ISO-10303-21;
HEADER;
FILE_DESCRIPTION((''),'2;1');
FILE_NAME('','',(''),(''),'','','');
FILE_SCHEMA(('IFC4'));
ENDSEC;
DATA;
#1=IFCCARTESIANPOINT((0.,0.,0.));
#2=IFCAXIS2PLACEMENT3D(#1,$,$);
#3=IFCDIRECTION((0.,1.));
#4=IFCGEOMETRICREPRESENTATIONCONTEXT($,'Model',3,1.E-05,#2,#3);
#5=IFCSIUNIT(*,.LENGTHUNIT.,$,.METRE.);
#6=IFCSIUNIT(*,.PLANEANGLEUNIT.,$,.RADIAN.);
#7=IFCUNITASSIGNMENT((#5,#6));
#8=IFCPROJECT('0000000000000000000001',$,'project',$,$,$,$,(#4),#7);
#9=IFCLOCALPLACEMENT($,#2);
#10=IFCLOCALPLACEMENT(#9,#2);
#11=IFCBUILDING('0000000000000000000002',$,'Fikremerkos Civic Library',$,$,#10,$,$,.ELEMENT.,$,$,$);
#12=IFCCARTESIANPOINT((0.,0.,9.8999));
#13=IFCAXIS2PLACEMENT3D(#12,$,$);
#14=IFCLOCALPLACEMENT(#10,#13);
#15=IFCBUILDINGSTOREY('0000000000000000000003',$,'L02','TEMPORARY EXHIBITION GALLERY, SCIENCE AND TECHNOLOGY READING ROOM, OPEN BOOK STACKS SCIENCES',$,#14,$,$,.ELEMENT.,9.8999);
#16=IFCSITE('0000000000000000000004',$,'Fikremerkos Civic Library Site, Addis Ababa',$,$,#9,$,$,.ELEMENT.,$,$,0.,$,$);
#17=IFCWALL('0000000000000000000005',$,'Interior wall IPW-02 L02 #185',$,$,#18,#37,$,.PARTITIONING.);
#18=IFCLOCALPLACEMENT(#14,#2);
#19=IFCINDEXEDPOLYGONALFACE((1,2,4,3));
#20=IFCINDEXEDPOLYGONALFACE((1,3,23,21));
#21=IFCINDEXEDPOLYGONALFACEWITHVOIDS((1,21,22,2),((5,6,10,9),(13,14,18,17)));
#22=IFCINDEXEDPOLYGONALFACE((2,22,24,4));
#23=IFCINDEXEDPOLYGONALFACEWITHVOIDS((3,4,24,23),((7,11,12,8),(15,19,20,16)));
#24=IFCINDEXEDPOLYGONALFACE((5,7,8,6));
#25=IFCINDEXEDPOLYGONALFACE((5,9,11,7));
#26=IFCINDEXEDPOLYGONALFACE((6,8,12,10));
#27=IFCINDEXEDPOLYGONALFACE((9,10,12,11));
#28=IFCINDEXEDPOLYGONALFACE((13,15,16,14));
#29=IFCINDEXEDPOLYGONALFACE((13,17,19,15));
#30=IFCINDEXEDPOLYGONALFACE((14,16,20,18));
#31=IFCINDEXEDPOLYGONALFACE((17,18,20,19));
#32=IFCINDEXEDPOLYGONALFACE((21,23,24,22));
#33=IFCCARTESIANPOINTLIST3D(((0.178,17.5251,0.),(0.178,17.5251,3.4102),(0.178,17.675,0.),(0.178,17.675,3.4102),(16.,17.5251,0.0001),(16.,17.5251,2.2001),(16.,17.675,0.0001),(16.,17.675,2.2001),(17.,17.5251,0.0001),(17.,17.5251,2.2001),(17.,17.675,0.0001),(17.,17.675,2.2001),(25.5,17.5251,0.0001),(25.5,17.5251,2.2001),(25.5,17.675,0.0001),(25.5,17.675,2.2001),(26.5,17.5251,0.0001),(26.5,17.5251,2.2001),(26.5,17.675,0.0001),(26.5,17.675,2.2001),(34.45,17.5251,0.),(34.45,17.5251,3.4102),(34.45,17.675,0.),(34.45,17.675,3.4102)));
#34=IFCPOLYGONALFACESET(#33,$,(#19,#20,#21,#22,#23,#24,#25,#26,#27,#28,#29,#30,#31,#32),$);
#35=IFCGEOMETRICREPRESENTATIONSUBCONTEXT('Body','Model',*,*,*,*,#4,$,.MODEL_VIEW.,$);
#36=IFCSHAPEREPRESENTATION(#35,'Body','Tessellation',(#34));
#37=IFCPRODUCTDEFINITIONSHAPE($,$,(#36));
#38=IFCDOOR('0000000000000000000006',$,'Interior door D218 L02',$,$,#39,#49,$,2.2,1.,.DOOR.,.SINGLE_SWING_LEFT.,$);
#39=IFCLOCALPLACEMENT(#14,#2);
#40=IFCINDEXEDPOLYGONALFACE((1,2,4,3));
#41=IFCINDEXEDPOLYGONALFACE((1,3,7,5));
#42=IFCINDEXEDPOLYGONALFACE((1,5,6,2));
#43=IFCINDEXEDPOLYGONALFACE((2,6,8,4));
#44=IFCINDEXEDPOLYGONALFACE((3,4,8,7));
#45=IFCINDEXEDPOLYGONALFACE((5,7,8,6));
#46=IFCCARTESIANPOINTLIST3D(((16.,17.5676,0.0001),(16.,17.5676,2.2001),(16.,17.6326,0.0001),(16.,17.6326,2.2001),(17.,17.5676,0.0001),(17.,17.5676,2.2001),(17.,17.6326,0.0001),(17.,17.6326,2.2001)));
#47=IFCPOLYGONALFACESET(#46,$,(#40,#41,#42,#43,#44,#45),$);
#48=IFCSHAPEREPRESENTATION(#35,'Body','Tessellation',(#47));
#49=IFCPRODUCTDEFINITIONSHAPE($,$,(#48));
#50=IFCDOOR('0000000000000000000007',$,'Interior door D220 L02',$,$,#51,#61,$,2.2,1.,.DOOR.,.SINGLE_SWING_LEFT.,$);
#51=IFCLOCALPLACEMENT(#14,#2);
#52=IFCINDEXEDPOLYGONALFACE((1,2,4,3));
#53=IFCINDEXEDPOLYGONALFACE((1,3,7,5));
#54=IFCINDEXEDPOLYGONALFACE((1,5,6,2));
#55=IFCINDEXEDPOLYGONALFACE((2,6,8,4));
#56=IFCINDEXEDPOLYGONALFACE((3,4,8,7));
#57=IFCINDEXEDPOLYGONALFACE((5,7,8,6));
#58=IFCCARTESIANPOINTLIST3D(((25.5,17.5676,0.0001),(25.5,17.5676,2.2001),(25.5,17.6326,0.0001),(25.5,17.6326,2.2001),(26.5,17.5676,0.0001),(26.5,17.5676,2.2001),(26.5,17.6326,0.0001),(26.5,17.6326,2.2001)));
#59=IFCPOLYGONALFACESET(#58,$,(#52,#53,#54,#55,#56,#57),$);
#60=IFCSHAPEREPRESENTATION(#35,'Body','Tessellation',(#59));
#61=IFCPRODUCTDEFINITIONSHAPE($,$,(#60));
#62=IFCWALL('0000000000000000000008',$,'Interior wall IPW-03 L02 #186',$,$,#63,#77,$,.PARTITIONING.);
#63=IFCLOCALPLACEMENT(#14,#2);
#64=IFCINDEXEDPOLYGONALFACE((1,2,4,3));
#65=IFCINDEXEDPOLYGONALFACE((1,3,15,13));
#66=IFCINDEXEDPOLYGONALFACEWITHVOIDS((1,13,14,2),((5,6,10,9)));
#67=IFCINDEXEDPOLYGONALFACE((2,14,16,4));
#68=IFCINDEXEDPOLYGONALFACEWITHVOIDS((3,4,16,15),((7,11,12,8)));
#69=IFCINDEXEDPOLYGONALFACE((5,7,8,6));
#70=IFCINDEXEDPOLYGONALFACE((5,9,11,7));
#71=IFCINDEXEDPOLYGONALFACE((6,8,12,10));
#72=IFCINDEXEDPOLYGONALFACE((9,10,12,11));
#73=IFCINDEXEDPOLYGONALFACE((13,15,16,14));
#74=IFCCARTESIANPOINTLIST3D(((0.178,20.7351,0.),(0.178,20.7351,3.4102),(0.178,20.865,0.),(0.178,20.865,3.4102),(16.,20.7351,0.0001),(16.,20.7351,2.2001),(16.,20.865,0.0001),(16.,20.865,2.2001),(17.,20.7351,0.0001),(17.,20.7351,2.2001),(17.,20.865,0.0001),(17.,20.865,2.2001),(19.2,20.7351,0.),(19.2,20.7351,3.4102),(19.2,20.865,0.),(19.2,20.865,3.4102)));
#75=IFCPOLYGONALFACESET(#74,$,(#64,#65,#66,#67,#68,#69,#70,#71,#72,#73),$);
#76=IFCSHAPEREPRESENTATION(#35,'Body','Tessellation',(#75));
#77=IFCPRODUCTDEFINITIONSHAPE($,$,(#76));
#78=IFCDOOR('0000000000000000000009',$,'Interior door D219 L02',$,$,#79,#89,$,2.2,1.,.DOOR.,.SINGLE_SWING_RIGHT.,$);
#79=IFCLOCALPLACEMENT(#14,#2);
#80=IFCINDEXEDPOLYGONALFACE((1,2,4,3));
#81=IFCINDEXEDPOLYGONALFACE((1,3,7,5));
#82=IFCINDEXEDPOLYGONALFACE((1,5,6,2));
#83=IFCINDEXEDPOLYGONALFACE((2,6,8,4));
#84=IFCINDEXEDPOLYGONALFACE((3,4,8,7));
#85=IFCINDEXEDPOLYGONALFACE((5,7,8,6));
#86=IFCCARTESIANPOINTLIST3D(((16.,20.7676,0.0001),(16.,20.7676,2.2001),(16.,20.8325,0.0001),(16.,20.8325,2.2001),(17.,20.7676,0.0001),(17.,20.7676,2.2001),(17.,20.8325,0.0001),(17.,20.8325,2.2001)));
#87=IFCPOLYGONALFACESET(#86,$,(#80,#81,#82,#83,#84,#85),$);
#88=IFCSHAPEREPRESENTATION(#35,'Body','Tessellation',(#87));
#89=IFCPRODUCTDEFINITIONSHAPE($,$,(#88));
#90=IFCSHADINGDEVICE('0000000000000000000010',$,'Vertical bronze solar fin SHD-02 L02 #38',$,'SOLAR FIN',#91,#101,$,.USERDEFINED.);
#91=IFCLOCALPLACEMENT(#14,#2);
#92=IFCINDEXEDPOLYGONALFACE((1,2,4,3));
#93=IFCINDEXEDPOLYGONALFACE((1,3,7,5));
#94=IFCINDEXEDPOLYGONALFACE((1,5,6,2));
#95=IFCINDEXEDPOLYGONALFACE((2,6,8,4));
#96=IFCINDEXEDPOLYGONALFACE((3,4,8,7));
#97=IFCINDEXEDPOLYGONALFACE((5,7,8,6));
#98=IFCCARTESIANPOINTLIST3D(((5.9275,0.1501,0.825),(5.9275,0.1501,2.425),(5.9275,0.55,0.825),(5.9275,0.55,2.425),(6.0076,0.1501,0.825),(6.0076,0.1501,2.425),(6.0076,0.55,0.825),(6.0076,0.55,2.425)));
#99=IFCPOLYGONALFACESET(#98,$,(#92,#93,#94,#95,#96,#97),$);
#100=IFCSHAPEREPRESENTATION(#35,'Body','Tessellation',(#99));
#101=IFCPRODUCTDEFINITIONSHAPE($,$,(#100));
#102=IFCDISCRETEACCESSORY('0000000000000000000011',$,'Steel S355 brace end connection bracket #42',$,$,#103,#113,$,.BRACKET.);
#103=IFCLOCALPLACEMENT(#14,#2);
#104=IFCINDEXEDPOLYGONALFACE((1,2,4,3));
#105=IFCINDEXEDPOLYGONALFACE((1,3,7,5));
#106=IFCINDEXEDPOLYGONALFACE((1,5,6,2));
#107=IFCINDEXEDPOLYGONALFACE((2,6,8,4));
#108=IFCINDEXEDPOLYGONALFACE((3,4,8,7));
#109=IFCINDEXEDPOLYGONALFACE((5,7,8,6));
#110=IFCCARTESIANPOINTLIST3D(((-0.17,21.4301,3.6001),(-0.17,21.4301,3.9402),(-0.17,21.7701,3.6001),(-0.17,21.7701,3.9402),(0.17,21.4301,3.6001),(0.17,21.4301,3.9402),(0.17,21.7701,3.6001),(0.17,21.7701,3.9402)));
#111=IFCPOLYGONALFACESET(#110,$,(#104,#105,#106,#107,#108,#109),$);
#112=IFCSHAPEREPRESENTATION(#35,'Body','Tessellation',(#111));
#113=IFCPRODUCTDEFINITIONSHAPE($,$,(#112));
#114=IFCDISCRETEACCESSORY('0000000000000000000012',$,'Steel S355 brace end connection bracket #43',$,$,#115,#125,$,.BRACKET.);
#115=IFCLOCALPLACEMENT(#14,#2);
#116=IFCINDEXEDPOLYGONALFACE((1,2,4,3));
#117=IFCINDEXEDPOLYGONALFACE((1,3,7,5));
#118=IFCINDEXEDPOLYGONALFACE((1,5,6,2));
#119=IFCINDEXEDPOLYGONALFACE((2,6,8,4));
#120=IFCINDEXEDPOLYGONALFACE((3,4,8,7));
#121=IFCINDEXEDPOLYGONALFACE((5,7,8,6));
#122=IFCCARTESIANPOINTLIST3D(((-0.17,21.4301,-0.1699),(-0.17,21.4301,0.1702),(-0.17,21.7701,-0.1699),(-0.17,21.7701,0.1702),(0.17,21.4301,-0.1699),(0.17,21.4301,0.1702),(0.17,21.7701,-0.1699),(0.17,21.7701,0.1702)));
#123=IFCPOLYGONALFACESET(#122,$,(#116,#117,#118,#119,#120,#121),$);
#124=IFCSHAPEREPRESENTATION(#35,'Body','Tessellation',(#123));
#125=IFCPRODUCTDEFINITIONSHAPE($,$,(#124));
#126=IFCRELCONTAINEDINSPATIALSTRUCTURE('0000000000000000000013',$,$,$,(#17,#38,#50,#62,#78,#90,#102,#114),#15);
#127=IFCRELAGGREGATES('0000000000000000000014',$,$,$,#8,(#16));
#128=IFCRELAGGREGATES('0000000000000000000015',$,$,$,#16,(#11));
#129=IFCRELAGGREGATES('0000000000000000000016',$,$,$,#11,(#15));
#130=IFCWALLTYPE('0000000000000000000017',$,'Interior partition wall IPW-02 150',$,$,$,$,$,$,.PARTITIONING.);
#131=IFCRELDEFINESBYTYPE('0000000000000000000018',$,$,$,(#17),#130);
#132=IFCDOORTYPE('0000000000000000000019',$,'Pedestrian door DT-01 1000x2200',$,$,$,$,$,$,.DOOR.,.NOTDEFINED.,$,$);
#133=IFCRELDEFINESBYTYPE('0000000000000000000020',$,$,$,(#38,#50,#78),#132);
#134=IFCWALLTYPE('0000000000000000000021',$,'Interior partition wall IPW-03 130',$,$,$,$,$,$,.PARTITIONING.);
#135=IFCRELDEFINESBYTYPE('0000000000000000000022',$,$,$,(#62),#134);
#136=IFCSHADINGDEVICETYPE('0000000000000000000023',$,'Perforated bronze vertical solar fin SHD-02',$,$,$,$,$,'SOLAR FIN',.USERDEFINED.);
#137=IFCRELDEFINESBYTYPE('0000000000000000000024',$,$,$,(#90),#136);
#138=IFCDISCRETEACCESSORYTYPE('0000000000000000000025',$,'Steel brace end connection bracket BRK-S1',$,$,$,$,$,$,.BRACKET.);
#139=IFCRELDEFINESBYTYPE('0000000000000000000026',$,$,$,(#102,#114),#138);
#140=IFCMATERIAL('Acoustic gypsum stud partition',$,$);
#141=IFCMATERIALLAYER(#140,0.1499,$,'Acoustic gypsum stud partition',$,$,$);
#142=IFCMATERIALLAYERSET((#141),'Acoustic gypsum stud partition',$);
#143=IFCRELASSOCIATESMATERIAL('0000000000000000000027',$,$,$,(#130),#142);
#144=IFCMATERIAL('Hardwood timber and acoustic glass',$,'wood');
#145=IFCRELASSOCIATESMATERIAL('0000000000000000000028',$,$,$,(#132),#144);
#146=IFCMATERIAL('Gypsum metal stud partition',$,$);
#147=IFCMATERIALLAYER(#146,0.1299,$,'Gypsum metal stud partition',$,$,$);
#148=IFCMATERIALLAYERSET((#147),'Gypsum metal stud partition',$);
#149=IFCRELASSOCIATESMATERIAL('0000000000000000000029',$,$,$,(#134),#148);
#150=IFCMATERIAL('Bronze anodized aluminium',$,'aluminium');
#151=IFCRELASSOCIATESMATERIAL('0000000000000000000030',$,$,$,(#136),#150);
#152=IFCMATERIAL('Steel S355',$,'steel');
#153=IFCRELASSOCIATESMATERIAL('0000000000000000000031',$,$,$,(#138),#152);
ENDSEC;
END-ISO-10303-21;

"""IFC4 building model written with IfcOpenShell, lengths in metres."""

from ifc_helpers import new_model, si_unit, direction, frame, frame_2d, origin, origin_2d, place, context, subcontext, project, spatial, rectangle, extrude, material, layer, layer_set, type_object, element, fill, save


model = new_model("IFC4")

# Units and contexts
model_context = context("Model", 3, precision=1e-05, world=origin(), true_north=direction((0.0, 1.0)))
body_context = subcontext(model_context, "Body", "Model", "MODEL_VIEW")
ifc_project = project(units=[si_unit("LENGTHUNIT", "METRE"), si_unit("PLANEANGLEUNIT", "RADIAN")], contexts=[model_context])

# Site, building, storey
site_placement = place(None, origin())
site = spatial("IfcSite", under=ifc_project, at=site_placement, Name="Fikremerkos Civic Library Site, Addis Ababa", CompositionType="ELEMENT", RefElevation=0.0)
building_placement = place(site_placement, origin())
building = spatial("IfcBuilding", under=site, at=building_placement, Name="Fikremerkos Civic Library", CompositionType="ELEMENT")
storey_placement = place(building_placement, frame((0.0, 0.0, 9.8999)))
storey = spatial("IfcBuildingStorey", under=building, at=storey_placement, Name="L02", Description="TEMPORARY EXHIBITION GALLERY, SCIENCE AND TECHNOLOGY READING ROOM, OPEN BOOK STACKS SCIENCES", CompositionType="ELEMENT", Elevation=9.8999)

# Shared definitions
ifc_material_1 = material(Name="Steel S355", Category="steel")

# Wall, openings, doors
ifc_material_2 = material(Name="Acoustic gypsum stud partition")
ifc_layer_1 = layer(ifc_material_2, 0.1499, Name="Acoustic gypsum stud partition")
ifc_layer_set_1 = layer_set([ifc_layer_1], Name="Acoustic gypsum stud partition")
wall_type_1 = type_object("IfcWallType", Name="Interior partition wall IPW-02 150", PredefinedType="PARTITIONING", material=ifc_layer_set_1)
wall_1_placement = place(storey_placement, frame((0.178, 17.6001, 0.0), z_axis=(0.0, 0.0, 1.0), x_axis=(1.0, 0.0, 0.0)))
wall_1 = element("IfcWall", 1, at=wall_1_placement, inside=storey, type_object=wall_type_1, Name="Interior wall IPW-02 L02 #185", PredefinedType="PARTITIONING", context=body_context, shape_type="SweptSolid", body=[
    extrude(rectangle(XDim=34.272, YDim=0.1499, at=frame_2d((17.136, 0.0))), origin(), (0.0, 0.0, 1.0), 3.4102),
])
opening_1_placement = place(wall_1_placement, frame((15.822, 0.0, 0.0)))
opening_1 = element("IfcOpeningElement", 2, at=opening_1_placement, cuts=wall_1, PredefinedType="OPENING", context=body_context, shape_type="SweptSolid", body=[
    extrude(rectangle(XDim=1.0, YDim=2.2, at=frame_2d((0.5, 1.1001))), frame((0.0, 0.085, 0.0), z_axis=(0.0, -1.0, 0.0), x_axis=(1.0, 0.0, 0.0)), (0.0, 0.0, 1.0), 0.1699),
])
opening_2_placement = place(wall_1_placement, frame((25.322, 0.0, 0.0)))
opening_2 = element("IfcOpeningElement", 3, at=opening_2_placement, cuts=wall_1, PredefinedType="OPENING", context=body_context, shape_type="SweptSolid", body=[
    extrude(rectangle(XDim=1.0, YDim=2.2, at=frame_2d((0.5, 1.1001))), frame((0.0, 0.085, 0.0), z_axis=(0.0, -1.0, 0.0), x_axis=(1.0, 0.0, 0.0)), (0.0, 0.0, 1.0), 0.1699),
])
ifc_material_3 = material(Name="Hardwood timber and acoustic glass", Category="wood")
door_type = type_object("IfcDoorType", Name="Pedestrian door DT-01 1000x2200", OperationType="NOTDEFINED", PredefinedType="DOOR", material=ifc_material_3)
door_1_placement = place(opening_1_placement, origin())
door_1 = element("IfcDoor", 4, at=door_1_placement, inside=storey, type_object=door_type, Name="Interior door D218 L02", OperationType="SINGLE_SWING_LEFT", OverallHeight=2.2, OverallWidth=1.0, PredefinedType="DOOR", context=body_context, shape_type="SweptSolid", body=[
    extrude(rectangle(XDim=1.0, YDim=2.2, at=frame_2d((0.5, 1.1001))), frame((0.0, 0.0325, 0.0), z_axis=(0.0, -1.0, 0.0), x_axis=(1.0, 0.0, 0.0)), (0.0, 0.0, 1.0), 0.0649),
])
fill(opening_1, door_1)
door_2_placement = place(opening_2_placement, origin())
door_2 = element("IfcDoor", 5, at=door_2_placement, inside=storey, type_object=door_type, Name="Interior door D220 L02", OperationType="SINGLE_SWING_LEFT", OverallHeight=2.2, OverallWidth=1.0, PredefinedType="DOOR", context=body_context, shape_type="SweptSolid", body=[
    extrude(rectangle(XDim=1.0, YDim=2.2, at=frame_2d((0.5, 1.1001))), frame((0.0, 0.0325, 0.0), z_axis=(0.0, -1.0, 0.0), x_axis=(1.0, 0.0, 0.0)), (0.0, 0.0, 1.0), 0.0649),
])
fill(opening_2, door_2)

# Wall, opening, door
ifc_material_4 = material(Name="Gypsum metal stud partition")
ifc_layer_2 = layer(ifc_material_4, 0.1299, Name="Gypsum metal stud partition")
ifc_layer_set_2 = layer_set([ifc_layer_2], Name="Gypsum metal stud partition")
wall_type_2 = type_object("IfcWallType", Name="Interior partition wall IPW-03 130", PredefinedType="PARTITIONING", material=ifc_layer_set_2)
wall_2_placement = place(storey_placement, frame((0.178, 20.8, 0.0), z_axis=(0.0, 0.0, 1.0), x_axis=(1.0, 0.0, 0.0)))
wall_2 = element("IfcWall", 6, at=wall_2_placement, inside=storey, type_object=wall_type_2, Name="Interior wall IPW-03 L02 #186", PredefinedType="PARTITIONING", context=body_context, shape_type="SweptSolid", body=[
    extrude(rectangle(XDim=19.022, YDim=0.1299, at=frame_2d((9.511, 0.0))), origin(), (0.0, 0.0, 1.0), 3.4102),
])
opening_3_placement = place(wall_2_placement, frame((15.822, 0.0, 0.0)))
opening_3 = element("IfcOpeningElement", 7, at=opening_3_placement, cuts=wall_2, PredefinedType="OPENING", context=body_context, shape_type="SweptSolid", body=[
    extrude(rectangle(XDim=1.0, YDim=2.2, at=frame_2d((0.5, 1.1001))), frame((0.0, 0.075, 0.0), z_axis=(0.0, -1.0, 0.0), x_axis=(1.0, 0.0, 0.0)), (0.0, 0.0, 1.0), 0.1499),
])
door_3_placement = place(opening_3_placement, origin())
door_3 = element("IfcDoor", 8, at=door_3_placement, inside=storey, type_object=door_type, Name="Interior door D219 L02", OperationType="SINGLE_SWING_RIGHT", OverallHeight=2.2, OverallWidth=1.0, PredefinedType="DOOR", context=body_context, shape_type="SweptSolid", body=[
    extrude(rectangle(XDim=1.0, YDim=2.2, at=frame_2d((0.5, 1.1001))), frame((0.0, 0.0325, 0.0), z_axis=(0.0, -1.0, 0.0), x_axis=(1.0, 0.0, 0.0)), (0.0, 0.0, 1.0), 0.0649),
])
fill(opening_3, door_3)

# Shading device
ifc_material_5 = material(Name="Bronze anodized aluminium", Category="aluminium")
shading_device_type = type_object("IfcShadingDeviceType", Name="Perforated bronze vertical solar fin SHD-02", ElementType="SOLAR FIN", PredefinedType="USERDEFINED", material=ifc_material_5)
shading_device_placement = place(storey_placement, frame((5.9675, 0.3501, 0.825), z_axis=(0.0, 0.0, 1.0), x_axis=(1.0, 0.0, 0.0)))
element("IfcShadingDevice", 9, at=shading_device_placement, inside=storey, type_object=shading_device_type, Name="Vertical bronze solar fin SHD-02 L02 #38", ObjectType="SOLAR FIN", PredefinedType="USERDEFINED", context=body_context, shape_type="SweptSolid", body=[
    extrude(rectangle(XDim=0.0801, YDim=0.3999, at=origin_2d()), origin(), (0.0, 0.0, 1.0), 1.6001),
])

# Discrete accessories
discrete_accessory_type = type_object("IfcDiscreteAccessoryType", Name="Steel brace end connection bracket BRK-S1", PredefinedType="BRACKET", material=ifc_material_1)
for number, where, z_axis, x_axis, name in (
    (10, (0.0, 21.6001, 3.6001), (0.0, 0.0, 1.0), (1.0, 0.0, 0.0), "Steel S355 brace end connection bracket #42"),
    (11, (0.0, 21.6001, -0.1699), (0.0, 0.0, 1.0), (1.0, 0.0, 0.0), "Steel S355 brace end connection bracket #43"),
):
    element("IfcDiscreteAccessory", number, at=place(storey_placement, frame(where, z_axis=z_axis, x_axis=x_axis)), inside=storey, type_object=discrete_accessory_type, Name=name, PredefinedType="BRACKET", context=body_context, shape_type="SweptSolid", body=[
        extrude(rectangle(XDim=0.3401, YDim=0.3401, at=origin_2d()), origin(), (0.0, 0.0, 1.0), 0.3401),
    ])

save(model, "model.ifc")
